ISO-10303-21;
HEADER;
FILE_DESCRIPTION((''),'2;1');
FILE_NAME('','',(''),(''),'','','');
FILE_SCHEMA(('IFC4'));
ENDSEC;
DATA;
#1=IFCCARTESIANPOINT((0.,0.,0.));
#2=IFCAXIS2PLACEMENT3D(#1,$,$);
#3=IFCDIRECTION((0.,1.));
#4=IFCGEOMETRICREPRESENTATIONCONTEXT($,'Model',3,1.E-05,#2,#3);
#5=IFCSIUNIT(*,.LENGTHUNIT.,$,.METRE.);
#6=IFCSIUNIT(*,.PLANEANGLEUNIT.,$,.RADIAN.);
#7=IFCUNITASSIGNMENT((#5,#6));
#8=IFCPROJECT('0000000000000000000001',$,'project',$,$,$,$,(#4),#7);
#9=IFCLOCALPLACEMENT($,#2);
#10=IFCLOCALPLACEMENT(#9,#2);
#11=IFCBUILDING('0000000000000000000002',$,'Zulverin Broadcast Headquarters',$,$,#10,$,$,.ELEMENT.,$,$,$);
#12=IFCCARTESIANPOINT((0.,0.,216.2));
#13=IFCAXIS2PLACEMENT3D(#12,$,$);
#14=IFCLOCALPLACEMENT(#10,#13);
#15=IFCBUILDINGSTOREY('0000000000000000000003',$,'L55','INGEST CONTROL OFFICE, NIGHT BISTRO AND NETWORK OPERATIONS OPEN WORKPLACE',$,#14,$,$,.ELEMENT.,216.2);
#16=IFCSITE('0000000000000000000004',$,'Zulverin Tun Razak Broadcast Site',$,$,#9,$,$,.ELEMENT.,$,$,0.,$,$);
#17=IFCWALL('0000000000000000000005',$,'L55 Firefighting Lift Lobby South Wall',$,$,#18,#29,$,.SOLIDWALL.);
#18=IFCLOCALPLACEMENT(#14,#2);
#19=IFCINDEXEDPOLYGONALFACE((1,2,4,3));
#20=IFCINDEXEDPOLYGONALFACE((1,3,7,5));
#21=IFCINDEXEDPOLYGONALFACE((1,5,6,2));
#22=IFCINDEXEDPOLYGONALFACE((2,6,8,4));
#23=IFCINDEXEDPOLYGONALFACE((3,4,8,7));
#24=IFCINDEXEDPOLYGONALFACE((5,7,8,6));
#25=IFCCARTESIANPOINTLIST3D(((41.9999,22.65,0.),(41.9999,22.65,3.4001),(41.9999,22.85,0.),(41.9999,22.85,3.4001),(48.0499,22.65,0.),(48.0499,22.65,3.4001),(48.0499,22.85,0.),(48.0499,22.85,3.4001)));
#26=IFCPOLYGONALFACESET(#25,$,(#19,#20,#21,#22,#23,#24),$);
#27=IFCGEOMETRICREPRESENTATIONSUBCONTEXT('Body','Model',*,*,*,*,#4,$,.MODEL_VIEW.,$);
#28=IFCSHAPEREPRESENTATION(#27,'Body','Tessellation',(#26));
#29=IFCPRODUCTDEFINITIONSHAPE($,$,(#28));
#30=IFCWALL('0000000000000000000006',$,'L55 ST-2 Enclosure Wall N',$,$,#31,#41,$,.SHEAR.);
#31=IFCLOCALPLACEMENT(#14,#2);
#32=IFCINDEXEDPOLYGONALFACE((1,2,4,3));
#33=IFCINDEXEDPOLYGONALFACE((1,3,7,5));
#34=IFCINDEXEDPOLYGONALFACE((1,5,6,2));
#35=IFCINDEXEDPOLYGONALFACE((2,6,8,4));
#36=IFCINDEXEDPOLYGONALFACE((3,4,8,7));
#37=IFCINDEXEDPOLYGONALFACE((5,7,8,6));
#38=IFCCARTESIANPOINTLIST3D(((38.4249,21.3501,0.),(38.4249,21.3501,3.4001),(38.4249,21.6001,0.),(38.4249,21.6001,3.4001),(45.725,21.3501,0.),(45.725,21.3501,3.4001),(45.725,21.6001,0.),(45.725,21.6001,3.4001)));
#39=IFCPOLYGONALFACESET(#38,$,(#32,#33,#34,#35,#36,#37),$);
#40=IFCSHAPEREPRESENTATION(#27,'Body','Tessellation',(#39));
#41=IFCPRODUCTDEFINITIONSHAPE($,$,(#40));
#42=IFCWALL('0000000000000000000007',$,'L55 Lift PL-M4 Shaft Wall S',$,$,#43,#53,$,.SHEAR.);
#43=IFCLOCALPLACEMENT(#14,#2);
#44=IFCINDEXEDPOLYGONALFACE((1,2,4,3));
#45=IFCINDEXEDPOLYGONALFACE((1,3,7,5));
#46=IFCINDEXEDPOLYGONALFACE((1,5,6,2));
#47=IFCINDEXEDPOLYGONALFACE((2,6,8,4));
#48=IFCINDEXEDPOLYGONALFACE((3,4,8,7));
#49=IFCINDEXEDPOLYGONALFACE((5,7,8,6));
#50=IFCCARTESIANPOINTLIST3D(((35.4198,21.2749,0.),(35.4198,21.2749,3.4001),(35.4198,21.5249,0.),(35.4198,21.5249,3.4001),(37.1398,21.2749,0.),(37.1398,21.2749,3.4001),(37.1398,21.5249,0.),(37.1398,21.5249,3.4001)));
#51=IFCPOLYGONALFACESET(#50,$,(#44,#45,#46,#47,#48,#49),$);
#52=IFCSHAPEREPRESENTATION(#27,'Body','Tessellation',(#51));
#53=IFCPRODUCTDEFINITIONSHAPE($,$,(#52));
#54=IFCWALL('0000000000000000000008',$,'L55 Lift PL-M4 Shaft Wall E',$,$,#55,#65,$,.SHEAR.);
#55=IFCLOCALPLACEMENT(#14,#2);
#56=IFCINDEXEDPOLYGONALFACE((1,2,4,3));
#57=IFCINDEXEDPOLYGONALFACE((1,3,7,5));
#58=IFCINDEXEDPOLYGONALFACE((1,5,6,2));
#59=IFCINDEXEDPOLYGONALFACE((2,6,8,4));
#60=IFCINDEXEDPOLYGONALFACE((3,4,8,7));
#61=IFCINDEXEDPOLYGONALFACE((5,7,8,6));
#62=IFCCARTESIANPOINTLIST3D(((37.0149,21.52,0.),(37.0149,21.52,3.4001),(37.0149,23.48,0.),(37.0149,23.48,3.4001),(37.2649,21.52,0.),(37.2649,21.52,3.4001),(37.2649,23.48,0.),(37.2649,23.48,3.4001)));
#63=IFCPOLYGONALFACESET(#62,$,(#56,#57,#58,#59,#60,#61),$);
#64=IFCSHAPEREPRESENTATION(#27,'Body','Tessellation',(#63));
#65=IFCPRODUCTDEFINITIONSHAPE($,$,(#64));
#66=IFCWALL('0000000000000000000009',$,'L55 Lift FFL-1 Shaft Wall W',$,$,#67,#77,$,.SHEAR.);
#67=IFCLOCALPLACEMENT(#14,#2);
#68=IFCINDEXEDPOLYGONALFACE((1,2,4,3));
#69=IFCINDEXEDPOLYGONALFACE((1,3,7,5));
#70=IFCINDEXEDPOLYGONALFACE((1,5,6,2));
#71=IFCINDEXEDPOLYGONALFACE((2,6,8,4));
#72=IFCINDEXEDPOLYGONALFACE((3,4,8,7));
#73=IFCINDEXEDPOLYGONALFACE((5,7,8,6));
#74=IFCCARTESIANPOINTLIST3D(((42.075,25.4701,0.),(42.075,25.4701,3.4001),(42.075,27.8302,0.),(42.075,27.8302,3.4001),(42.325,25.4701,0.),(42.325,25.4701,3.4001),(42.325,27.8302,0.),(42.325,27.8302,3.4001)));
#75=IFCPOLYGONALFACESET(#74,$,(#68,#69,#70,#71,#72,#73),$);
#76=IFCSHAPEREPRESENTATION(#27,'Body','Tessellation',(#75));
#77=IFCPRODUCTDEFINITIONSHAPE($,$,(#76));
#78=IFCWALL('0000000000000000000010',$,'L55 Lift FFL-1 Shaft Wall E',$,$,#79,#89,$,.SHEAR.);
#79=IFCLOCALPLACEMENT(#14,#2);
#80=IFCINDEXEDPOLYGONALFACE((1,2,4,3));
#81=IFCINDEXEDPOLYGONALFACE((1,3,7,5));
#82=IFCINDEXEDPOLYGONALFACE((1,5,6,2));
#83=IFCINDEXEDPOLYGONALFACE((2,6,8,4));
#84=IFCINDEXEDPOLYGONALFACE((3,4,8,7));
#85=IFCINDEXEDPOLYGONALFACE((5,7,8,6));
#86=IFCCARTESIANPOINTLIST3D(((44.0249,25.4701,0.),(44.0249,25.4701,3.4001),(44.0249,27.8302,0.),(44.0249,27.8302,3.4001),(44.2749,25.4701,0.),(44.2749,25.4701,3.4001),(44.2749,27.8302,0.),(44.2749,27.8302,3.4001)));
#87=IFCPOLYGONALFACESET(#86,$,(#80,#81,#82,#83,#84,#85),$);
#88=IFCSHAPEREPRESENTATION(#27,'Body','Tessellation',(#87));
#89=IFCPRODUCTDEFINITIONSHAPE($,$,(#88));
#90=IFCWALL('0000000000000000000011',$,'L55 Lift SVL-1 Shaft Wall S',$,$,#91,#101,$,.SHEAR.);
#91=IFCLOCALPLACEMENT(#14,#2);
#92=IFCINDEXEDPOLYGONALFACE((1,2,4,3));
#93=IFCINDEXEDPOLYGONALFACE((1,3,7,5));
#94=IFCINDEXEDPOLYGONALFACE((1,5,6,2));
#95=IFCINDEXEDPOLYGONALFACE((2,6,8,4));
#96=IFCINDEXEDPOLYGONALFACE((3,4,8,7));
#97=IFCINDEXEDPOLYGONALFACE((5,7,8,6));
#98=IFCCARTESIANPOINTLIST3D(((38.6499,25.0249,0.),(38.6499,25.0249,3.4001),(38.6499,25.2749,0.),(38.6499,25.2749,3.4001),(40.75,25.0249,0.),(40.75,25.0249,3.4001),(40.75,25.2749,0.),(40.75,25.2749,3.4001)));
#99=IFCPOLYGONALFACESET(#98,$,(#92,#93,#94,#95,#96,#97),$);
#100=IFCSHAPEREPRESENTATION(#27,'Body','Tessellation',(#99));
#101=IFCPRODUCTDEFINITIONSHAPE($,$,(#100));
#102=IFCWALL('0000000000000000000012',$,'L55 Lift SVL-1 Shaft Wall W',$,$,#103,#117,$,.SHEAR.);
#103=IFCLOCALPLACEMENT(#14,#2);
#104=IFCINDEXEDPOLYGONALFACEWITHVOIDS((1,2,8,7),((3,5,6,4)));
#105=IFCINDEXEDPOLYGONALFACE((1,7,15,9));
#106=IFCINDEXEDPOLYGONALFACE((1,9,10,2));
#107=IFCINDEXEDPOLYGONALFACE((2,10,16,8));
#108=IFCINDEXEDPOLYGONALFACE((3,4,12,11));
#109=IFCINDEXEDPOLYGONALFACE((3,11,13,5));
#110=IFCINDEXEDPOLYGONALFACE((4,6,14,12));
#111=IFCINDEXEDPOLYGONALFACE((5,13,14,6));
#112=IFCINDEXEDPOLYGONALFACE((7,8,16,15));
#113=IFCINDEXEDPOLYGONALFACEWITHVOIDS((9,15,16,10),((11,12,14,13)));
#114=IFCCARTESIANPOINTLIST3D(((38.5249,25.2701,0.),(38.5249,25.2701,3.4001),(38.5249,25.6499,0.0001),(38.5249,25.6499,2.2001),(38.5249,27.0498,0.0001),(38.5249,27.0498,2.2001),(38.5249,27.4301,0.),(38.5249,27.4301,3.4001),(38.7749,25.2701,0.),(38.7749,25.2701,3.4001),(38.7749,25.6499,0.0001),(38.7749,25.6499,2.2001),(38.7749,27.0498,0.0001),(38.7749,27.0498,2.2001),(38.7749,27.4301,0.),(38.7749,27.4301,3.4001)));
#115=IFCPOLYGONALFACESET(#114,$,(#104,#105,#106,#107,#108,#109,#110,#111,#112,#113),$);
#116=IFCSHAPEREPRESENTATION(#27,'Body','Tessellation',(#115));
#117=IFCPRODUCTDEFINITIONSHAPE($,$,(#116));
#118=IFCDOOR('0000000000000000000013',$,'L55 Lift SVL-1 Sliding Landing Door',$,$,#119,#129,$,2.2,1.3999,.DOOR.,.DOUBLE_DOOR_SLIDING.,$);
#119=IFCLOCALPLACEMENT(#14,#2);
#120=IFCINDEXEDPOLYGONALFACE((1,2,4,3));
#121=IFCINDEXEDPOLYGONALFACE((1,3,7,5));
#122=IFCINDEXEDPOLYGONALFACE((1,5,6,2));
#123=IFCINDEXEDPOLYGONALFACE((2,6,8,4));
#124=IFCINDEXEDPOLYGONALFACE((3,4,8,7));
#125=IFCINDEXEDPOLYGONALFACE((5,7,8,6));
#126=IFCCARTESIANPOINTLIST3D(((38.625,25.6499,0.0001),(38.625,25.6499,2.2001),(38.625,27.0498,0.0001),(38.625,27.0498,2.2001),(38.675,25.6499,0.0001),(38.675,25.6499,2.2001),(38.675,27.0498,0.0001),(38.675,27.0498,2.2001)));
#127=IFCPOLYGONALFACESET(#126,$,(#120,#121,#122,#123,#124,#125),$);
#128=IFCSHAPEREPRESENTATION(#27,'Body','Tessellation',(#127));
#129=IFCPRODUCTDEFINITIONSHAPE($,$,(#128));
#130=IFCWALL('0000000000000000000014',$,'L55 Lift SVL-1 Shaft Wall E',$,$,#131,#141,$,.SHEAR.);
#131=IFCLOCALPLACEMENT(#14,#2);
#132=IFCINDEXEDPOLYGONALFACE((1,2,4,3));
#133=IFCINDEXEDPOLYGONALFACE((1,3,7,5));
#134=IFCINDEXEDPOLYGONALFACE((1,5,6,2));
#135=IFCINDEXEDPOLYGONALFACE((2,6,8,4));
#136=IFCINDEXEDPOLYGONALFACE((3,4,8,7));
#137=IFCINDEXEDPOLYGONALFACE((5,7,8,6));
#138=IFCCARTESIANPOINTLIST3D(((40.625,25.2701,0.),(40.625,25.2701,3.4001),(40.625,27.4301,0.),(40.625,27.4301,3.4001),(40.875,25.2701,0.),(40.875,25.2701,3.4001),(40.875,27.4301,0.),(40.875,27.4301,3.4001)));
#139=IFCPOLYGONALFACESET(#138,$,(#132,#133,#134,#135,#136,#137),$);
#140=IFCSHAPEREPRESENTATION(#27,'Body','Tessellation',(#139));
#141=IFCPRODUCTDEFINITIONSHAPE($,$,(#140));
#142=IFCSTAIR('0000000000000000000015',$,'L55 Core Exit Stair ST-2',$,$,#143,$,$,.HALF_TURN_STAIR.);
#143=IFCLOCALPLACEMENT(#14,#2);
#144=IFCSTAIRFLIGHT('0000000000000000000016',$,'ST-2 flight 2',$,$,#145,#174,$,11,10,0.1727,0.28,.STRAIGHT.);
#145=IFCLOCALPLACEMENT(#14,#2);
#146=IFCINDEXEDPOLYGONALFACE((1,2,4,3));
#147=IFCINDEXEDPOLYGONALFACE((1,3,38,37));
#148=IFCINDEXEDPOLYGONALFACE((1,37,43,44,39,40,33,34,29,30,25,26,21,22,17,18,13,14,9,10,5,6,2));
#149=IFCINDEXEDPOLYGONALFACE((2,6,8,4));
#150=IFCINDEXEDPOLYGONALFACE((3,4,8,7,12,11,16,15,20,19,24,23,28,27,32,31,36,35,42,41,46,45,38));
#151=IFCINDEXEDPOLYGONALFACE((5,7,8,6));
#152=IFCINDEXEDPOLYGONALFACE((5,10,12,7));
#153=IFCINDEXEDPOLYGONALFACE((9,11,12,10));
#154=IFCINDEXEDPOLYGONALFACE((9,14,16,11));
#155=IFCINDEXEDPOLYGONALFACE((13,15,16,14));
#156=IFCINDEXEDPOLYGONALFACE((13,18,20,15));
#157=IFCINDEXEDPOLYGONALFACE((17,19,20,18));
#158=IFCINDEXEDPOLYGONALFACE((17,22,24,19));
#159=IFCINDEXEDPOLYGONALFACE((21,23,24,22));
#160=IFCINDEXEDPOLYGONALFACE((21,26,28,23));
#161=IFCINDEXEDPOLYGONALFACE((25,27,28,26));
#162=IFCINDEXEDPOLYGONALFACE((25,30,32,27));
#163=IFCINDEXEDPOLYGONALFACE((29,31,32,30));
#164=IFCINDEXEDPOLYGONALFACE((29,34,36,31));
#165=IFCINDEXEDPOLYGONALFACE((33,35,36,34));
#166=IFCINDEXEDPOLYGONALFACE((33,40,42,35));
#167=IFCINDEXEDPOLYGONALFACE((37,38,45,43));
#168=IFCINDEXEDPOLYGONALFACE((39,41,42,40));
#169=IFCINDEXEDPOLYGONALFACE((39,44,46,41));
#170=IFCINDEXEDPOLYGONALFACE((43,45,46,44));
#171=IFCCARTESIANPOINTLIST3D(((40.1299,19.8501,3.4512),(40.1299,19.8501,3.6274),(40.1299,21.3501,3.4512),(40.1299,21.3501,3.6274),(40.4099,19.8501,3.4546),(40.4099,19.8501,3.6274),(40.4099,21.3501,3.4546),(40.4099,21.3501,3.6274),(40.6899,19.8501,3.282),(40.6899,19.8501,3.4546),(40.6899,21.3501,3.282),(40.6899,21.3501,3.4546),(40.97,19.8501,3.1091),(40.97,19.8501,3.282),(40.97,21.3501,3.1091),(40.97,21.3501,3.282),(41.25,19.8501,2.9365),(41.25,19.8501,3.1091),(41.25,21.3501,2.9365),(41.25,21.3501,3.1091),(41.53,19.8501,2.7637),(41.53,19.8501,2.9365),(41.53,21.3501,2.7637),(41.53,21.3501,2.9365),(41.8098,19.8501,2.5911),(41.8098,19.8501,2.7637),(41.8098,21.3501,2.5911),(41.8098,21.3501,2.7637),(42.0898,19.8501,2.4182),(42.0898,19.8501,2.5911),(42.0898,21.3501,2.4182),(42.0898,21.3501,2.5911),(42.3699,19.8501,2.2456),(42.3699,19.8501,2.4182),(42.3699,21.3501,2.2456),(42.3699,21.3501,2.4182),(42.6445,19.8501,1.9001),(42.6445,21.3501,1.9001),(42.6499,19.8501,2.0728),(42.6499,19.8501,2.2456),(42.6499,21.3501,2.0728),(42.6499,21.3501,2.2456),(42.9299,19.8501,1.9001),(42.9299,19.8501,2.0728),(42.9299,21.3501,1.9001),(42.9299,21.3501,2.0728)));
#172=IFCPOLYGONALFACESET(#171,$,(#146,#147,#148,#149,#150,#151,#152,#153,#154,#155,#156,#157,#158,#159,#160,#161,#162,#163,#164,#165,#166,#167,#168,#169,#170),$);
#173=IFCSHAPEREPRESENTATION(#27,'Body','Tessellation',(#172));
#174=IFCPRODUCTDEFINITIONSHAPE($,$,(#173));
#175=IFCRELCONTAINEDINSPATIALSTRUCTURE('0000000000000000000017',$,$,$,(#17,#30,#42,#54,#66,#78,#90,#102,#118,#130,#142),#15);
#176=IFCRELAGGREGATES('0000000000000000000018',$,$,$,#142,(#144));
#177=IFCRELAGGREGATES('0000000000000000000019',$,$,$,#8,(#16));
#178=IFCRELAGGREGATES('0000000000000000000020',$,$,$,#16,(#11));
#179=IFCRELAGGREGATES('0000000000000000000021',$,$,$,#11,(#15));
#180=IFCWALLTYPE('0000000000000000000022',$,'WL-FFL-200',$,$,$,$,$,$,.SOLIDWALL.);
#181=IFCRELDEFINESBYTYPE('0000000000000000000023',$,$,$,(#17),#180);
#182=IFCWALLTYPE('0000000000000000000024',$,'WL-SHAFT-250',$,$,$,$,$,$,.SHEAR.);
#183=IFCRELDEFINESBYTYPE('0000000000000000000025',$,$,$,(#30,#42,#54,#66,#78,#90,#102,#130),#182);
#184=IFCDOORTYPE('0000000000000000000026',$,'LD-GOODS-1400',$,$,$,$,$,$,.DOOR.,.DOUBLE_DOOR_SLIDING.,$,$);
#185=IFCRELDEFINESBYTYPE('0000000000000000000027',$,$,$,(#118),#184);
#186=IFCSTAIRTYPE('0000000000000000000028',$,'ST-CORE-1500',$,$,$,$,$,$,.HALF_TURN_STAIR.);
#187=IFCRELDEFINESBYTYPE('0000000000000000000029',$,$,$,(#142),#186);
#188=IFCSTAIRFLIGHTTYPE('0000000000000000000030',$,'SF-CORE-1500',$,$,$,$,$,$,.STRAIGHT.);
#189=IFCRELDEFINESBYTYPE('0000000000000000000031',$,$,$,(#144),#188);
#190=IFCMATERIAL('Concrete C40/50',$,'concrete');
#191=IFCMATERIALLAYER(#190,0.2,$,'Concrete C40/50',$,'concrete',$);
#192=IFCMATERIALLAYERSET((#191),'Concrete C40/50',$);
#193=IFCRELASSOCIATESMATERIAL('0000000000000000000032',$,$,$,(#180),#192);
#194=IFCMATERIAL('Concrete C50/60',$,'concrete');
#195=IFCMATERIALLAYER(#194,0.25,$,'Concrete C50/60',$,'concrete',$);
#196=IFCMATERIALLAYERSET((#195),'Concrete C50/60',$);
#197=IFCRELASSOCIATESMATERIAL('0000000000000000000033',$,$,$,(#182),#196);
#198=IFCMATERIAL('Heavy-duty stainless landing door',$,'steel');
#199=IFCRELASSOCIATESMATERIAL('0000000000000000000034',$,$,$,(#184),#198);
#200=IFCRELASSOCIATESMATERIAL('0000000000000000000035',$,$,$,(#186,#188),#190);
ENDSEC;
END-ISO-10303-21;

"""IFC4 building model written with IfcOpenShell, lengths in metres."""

from ifc_helpers import new_model, si_unit, direction, frame, frame_2d, origin, place, context, subcontext, project, spatial, polyline, rectangle, outline, extrude, material, layer, layer_set, type_object, element, fill, aggregate, save


model = new_model("IFC4")

# Units and contexts
model_context = context("Model", 3, precision=1e-05, world=origin(), true_north=direction((0.0, 1.0)))
body_context = subcontext(model_context, "Body", "Model", "MODEL_VIEW")
ifc_project = project(units=[si_unit("LENGTHUNIT", "METRE"), si_unit("PLANEANGLEUNIT", "RADIAN")], contexts=[model_context])

# Site, building, storey
site_placement = place(None, origin())
site = spatial("IfcSite", under=ifc_project, at=site_placement, Name="Zulverin Tun Razak Broadcast Site", CompositionType="ELEMENT", RefElevation=0.0)
building_placement = place(site_placement, origin())
building = spatial("IfcBuilding", under=site, at=building_placement, Name="Zulverin Broadcast Headquarters", CompositionType="ELEMENT")
storey_placement = place(building_placement, frame((0.0, 0.0, 216.2)))
storey = spatial("IfcBuildingStorey", under=building, at=storey_placement, Name="L55", Description="INGEST CONTROL OFFICE, NIGHT BISTRO AND NETWORK OPERATIONS OPEN WORKPLACE", CompositionType="ELEMENT", Elevation=216.2)

# Shared definitions
ifc_material_1 = material(Name="Concrete C40/50", Category="concrete")
ifc_layer_1 = layer(ifc_material_1, 0.2, Name="Concrete C40/50", Category="concrete")
ifc_layer_set_1 = layer_set([ifc_layer_1], Name="Concrete C40/50")
wall_type_1 = type_object("IfcWallType", Name="WL-FFL-200", PredefinedType="SOLIDWALL", material=ifc_layer_set_1)

# Walls
wall_1_placement = place(storey_placement, frame((42.0, 22.75, 0.0), z_axis=(0.0, 0.0, 1.0), x_axis=(1.0, 0.0, 0.0)))
element("IfcWall", 1, at=wall_1_placement, inside=storey, type_object=wall_type_1, Name="L55 Firefighting Lift Lobby South Wall", PredefinedType="SOLIDWALL", context=body_context, shape_type="SweptSolid", body=[
    extrude(rectangle(XDim=6.05, YDim=0.2, at=frame_2d((3.0249, 0.0))), origin(), (0.0, 0.0, 1.0), 3.4001),
])
ifc_material_2 = material(Name="Concrete C50/60", Category="concrete")
ifc_layer_2 = layer(ifc_material_2, 0.25, Name="Concrete C50/60", Category="concrete")
ifc_layer_set_2 = layer_set([ifc_layer_2], Name="Concrete C50/60")
wall_type_2 = type_object("IfcWallType", Name="WL-SHAFT-250", PredefinedType="SHEAR", material=ifc_layer_set_2)
wall_2_placement = place(storey_placement, frame((38.425, 21.4751, 0.0), z_axis=(0.0, 0.0, 1.0), x_axis=(1.0, 0.0, 0.0)))
element("IfcWall", 2, at=wall_2_placement, inside=storey, type_object=wall_type_2, Name="L55 ST-2 Enclosure Wall N", PredefinedType="SHEAR", context=body_context, shape_type="SweptSolid", body=[
    extrude(rectangle(XDim=7.3, YDim=0.25, at=frame_2d((3.6499, 0.0))), origin(), (0.0, 0.0, 1.0), 3.4001),
])
wall_3_placement = place(storey_placement, frame((35.4199, 21.3999, 0.0), z_axis=(0.0, 0.0, 1.0), x_axis=(1.0, 0.0, 0.0)))
element("IfcWall", 3, at=wall_3_placement, inside=storey, type_object=wall_type_2, Name="L55 Lift PL-M4 Shaft Wall S", PredefinedType="SHEAR", context=body_context, shape_type="SweptSolid", body=[
    extrude(rectangle(XDim=1.72, YDim=0.25, at=frame_2d((0.8599, 0.0))), origin(), (0.0, 0.0, 1.0), 3.4001),
])

# Wall
wall_4_placement = place(storey_placement, frame((37.1399, 21.52, 0.0), z_axis=(0.0, 0.0, 1.0), x_axis=(0.0, 1.0, 0.0)))
element("IfcWall", 4, at=wall_4_placement, inside=storey, type_object=wall_type_2, Name="L55 Lift PL-M4 Shaft Wall E", PredefinedType="SHEAR", context=body_context, shape_type="SweptSolid", body=[
    extrude(rectangle(XDim=1.96, YDim=0.25, at=frame_2d((0.98, 0.0))), origin(), (0.0, 0.0, 1.0), 3.4001),
])

# Walls
for number, where, z_axis, x_axis, name in (
    (5, (42.2, 25.47, 0.0), (0.0, 0.0, 1.0), (0.0, 1.0, 0.0), "L55 Lift FFL-1 Shaft Wall W"),
    (6, (44.1499, 25.47, 0.0), (0.0, 0.0, 1.0), (0.0, 1.0, 0.0), "L55 Lift FFL-1 Shaft Wall E"),
):
    element("IfcWall", number, at=place(storey_placement, frame(where, z_axis=z_axis, x_axis=x_axis)), inside=storey, type_object=wall_type_2, Name=name, PredefinedType="SHEAR", context=body_context, shape_type="SweptSolid", body=[
        extrude(rectangle(XDim=2.3601, YDim=0.25, at=frame_2d((1.1802, 0.0))), origin(), (0.0, 0.0, 1.0), 3.4001),
    ])

# Wall
wall_5_placement = place(storey_placement, frame((38.6499, 25.1499, 0.0), z_axis=(0.0, 0.0, 1.0), x_axis=(1.0, 0.0, 0.0)))
element("IfcWall", 7, at=wall_5_placement, inside=storey, type_object=wall_type_2, Name="L55 Lift SVL-1 Shaft Wall S", PredefinedType="SHEAR", context=body_context, shape_type="SweptSolid", body=[
    extrude(rectangle(XDim=2.1001, YDim=0.25, at=frame_2d((1.05, 0.0))), origin(), (0.0, 0.0, 1.0), 3.4001),
])

# Wall, opening, door
wall_6_placement = place(storey_placement, frame((38.6499, 25.27, 0.0), z_axis=(0.0, 0.0, 1.0), x_axis=(0.0, 1.0, 0.0)))
wall_6 = element("IfcWall", 8, at=wall_6_placement, inside=storey, type_object=wall_type_2, Name="L55 Lift SVL-1 Shaft Wall W", PredefinedType="SHEAR", context=body_context, shape_type="SweptSolid", body=[
    extrude(rectangle(XDim=2.1599, YDim=0.25, at=frame_2d((1.0801, 0.0))), origin(), (0.0, 0.0, 1.0), 3.4001),
])
opening_1_placement = place(wall_6_placement, frame((0.3799, 0.0, 0.0)))
opening_1 = element("IfcOpeningElement", 9, at=opening_1_placement, cuts=wall_6, PredefinedType="OPENING", context=body_context, shape_type="SweptSolid", body=[
    extrude(rectangle(XDim=1.3999, YDim=2.2, at=frame_2d((0.7, 1.1001))), frame((0.0, 0.135, 0.0), z_axis=(0.0, -1.0, 0.0), x_axis=(1.0, 0.0, 0.0)), (0.0, 0.0, 1.0), 0.27),
])
ifc_material_3 = material(Name="Heavy-duty stainless landing door", Category="steel")
door_type_1 = type_object("IfcDoorType", Name="LD-GOODS-1400", OperationType="DOUBLE_DOOR_SLIDING", PredefinedType="DOOR", material=ifc_material_3)
door_1_placement = place(opening_1_placement, origin())
door_1 = element("IfcDoor", 10, at=door_1_placement, inside=storey, type_object=door_type_1, Name="L55 Lift SVL-1 Sliding Landing Door", OperationType="DOUBLE_DOOR_SLIDING", OverallHeight=2.2, OverallWidth=1.3999, PredefinedType="DOOR", context=body_context, shape_type="SweptSolid", body=[
    extrude(rectangle(XDim=1.3999, YDim=2.2, at=frame_2d((0.7, 1.1001))), frame((0.0, 0.0249, 0.0), z_axis=(0.0, -1.0, 0.0), x_axis=(1.0, 0.0, 0.0)), (0.0, 0.0, 1.0), 0.05),
])
fill(opening_1, door_1)

# Wall
wall_7_placement = place(storey_placement, frame((40.75, 25.27, 0.0), z_axis=(0.0, 0.0, 1.0), x_axis=(0.0, 1.0, 0.0)))
element("IfcWall", 11, at=wall_7_placement, inside=storey, type_object=wall_type_2, Name="L55 Lift SVL-1 Shaft Wall E", PredefinedType="SHEAR", context=body_context, shape_type="SweptSolid", body=[
    extrude(rectangle(XDim=2.1599, YDim=0.25, at=frame_2d((1.0801, 0.0))), origin(), (0.0, 0.0, 1.0), 3.4001),
])

# Stair, stair flight
stair_type = type_object("IfcStairType", Name="ST-CORE-1500", PredefinedType="HALF_TURN_STAIR", material=ifc_material_1)
stair_placement = place(storey_placement, origin())
stair = element("IfcStair", 12, at=stair_placement, inside=storey, type_object=stair_type, Name="L55 Core Exit Stair ST-2", PredefinedType="HALF_TURN_STAIR")
stair_flight_type = type_object("IfcStairFlightType", Name="SF-CORE-1500", PredefinedType="STRAIGHT", material=ifc_material_1)
stair_flight_placement = place(storey_placement, frame((42.9299, 20.6001, 1.9001), z_axis=(0.0, 0.0, 1.0), x_axis=(-1.0, 0.0, 0.0)))
stair_flight = element("IfcStairFlight", 13, at=stair_flight_placement, type_object=stair_flight_type, Name="ST-2 flight 2", NumberOfRisers=11, NumberOfTreads=10, PredefinedType="STRAIGHT", RiserHeight=0.1727, TreadLength=0.28, context=body_context, shape_type="SweptSolid", body=[
    extrude(outline(polyline([(0.0, 0.0), (0.0, 0.1726), (0.28, 0.1726), (0.28, 0.3455), (0.5601, 0.3455), (0.5601, 0.5181), (0.8401, 0.5181), (0.8401, 0.6909), (1.1201, 0.6909), (1.1201, 0.8635), (1.3999, 0.8635), (1.3999, 1.0364), (1.6799, 1.0364), (1.6799, 1.209), (1.96, 1.209), (1.96, 1.3818), (2.24, 1.3818), (2.24, 1.5544), (2.52, 1.5544), (2.52, 1.7273), (2.8, 1.7273), (2.8, 1.8999), (2.8, 1.551), (0.2854, 0.0), (0.0, 0.0)])), frame((0.0, 0.75, 0.0), z_axis=(0.0, -1.0, 0.0), x_axis=(1.0, 0.0, 0.0)), (0.0, 0.0, 1.0), 1.5),
])
aggregate(stair, [stair_flight])

save(model, "model.ifc")
